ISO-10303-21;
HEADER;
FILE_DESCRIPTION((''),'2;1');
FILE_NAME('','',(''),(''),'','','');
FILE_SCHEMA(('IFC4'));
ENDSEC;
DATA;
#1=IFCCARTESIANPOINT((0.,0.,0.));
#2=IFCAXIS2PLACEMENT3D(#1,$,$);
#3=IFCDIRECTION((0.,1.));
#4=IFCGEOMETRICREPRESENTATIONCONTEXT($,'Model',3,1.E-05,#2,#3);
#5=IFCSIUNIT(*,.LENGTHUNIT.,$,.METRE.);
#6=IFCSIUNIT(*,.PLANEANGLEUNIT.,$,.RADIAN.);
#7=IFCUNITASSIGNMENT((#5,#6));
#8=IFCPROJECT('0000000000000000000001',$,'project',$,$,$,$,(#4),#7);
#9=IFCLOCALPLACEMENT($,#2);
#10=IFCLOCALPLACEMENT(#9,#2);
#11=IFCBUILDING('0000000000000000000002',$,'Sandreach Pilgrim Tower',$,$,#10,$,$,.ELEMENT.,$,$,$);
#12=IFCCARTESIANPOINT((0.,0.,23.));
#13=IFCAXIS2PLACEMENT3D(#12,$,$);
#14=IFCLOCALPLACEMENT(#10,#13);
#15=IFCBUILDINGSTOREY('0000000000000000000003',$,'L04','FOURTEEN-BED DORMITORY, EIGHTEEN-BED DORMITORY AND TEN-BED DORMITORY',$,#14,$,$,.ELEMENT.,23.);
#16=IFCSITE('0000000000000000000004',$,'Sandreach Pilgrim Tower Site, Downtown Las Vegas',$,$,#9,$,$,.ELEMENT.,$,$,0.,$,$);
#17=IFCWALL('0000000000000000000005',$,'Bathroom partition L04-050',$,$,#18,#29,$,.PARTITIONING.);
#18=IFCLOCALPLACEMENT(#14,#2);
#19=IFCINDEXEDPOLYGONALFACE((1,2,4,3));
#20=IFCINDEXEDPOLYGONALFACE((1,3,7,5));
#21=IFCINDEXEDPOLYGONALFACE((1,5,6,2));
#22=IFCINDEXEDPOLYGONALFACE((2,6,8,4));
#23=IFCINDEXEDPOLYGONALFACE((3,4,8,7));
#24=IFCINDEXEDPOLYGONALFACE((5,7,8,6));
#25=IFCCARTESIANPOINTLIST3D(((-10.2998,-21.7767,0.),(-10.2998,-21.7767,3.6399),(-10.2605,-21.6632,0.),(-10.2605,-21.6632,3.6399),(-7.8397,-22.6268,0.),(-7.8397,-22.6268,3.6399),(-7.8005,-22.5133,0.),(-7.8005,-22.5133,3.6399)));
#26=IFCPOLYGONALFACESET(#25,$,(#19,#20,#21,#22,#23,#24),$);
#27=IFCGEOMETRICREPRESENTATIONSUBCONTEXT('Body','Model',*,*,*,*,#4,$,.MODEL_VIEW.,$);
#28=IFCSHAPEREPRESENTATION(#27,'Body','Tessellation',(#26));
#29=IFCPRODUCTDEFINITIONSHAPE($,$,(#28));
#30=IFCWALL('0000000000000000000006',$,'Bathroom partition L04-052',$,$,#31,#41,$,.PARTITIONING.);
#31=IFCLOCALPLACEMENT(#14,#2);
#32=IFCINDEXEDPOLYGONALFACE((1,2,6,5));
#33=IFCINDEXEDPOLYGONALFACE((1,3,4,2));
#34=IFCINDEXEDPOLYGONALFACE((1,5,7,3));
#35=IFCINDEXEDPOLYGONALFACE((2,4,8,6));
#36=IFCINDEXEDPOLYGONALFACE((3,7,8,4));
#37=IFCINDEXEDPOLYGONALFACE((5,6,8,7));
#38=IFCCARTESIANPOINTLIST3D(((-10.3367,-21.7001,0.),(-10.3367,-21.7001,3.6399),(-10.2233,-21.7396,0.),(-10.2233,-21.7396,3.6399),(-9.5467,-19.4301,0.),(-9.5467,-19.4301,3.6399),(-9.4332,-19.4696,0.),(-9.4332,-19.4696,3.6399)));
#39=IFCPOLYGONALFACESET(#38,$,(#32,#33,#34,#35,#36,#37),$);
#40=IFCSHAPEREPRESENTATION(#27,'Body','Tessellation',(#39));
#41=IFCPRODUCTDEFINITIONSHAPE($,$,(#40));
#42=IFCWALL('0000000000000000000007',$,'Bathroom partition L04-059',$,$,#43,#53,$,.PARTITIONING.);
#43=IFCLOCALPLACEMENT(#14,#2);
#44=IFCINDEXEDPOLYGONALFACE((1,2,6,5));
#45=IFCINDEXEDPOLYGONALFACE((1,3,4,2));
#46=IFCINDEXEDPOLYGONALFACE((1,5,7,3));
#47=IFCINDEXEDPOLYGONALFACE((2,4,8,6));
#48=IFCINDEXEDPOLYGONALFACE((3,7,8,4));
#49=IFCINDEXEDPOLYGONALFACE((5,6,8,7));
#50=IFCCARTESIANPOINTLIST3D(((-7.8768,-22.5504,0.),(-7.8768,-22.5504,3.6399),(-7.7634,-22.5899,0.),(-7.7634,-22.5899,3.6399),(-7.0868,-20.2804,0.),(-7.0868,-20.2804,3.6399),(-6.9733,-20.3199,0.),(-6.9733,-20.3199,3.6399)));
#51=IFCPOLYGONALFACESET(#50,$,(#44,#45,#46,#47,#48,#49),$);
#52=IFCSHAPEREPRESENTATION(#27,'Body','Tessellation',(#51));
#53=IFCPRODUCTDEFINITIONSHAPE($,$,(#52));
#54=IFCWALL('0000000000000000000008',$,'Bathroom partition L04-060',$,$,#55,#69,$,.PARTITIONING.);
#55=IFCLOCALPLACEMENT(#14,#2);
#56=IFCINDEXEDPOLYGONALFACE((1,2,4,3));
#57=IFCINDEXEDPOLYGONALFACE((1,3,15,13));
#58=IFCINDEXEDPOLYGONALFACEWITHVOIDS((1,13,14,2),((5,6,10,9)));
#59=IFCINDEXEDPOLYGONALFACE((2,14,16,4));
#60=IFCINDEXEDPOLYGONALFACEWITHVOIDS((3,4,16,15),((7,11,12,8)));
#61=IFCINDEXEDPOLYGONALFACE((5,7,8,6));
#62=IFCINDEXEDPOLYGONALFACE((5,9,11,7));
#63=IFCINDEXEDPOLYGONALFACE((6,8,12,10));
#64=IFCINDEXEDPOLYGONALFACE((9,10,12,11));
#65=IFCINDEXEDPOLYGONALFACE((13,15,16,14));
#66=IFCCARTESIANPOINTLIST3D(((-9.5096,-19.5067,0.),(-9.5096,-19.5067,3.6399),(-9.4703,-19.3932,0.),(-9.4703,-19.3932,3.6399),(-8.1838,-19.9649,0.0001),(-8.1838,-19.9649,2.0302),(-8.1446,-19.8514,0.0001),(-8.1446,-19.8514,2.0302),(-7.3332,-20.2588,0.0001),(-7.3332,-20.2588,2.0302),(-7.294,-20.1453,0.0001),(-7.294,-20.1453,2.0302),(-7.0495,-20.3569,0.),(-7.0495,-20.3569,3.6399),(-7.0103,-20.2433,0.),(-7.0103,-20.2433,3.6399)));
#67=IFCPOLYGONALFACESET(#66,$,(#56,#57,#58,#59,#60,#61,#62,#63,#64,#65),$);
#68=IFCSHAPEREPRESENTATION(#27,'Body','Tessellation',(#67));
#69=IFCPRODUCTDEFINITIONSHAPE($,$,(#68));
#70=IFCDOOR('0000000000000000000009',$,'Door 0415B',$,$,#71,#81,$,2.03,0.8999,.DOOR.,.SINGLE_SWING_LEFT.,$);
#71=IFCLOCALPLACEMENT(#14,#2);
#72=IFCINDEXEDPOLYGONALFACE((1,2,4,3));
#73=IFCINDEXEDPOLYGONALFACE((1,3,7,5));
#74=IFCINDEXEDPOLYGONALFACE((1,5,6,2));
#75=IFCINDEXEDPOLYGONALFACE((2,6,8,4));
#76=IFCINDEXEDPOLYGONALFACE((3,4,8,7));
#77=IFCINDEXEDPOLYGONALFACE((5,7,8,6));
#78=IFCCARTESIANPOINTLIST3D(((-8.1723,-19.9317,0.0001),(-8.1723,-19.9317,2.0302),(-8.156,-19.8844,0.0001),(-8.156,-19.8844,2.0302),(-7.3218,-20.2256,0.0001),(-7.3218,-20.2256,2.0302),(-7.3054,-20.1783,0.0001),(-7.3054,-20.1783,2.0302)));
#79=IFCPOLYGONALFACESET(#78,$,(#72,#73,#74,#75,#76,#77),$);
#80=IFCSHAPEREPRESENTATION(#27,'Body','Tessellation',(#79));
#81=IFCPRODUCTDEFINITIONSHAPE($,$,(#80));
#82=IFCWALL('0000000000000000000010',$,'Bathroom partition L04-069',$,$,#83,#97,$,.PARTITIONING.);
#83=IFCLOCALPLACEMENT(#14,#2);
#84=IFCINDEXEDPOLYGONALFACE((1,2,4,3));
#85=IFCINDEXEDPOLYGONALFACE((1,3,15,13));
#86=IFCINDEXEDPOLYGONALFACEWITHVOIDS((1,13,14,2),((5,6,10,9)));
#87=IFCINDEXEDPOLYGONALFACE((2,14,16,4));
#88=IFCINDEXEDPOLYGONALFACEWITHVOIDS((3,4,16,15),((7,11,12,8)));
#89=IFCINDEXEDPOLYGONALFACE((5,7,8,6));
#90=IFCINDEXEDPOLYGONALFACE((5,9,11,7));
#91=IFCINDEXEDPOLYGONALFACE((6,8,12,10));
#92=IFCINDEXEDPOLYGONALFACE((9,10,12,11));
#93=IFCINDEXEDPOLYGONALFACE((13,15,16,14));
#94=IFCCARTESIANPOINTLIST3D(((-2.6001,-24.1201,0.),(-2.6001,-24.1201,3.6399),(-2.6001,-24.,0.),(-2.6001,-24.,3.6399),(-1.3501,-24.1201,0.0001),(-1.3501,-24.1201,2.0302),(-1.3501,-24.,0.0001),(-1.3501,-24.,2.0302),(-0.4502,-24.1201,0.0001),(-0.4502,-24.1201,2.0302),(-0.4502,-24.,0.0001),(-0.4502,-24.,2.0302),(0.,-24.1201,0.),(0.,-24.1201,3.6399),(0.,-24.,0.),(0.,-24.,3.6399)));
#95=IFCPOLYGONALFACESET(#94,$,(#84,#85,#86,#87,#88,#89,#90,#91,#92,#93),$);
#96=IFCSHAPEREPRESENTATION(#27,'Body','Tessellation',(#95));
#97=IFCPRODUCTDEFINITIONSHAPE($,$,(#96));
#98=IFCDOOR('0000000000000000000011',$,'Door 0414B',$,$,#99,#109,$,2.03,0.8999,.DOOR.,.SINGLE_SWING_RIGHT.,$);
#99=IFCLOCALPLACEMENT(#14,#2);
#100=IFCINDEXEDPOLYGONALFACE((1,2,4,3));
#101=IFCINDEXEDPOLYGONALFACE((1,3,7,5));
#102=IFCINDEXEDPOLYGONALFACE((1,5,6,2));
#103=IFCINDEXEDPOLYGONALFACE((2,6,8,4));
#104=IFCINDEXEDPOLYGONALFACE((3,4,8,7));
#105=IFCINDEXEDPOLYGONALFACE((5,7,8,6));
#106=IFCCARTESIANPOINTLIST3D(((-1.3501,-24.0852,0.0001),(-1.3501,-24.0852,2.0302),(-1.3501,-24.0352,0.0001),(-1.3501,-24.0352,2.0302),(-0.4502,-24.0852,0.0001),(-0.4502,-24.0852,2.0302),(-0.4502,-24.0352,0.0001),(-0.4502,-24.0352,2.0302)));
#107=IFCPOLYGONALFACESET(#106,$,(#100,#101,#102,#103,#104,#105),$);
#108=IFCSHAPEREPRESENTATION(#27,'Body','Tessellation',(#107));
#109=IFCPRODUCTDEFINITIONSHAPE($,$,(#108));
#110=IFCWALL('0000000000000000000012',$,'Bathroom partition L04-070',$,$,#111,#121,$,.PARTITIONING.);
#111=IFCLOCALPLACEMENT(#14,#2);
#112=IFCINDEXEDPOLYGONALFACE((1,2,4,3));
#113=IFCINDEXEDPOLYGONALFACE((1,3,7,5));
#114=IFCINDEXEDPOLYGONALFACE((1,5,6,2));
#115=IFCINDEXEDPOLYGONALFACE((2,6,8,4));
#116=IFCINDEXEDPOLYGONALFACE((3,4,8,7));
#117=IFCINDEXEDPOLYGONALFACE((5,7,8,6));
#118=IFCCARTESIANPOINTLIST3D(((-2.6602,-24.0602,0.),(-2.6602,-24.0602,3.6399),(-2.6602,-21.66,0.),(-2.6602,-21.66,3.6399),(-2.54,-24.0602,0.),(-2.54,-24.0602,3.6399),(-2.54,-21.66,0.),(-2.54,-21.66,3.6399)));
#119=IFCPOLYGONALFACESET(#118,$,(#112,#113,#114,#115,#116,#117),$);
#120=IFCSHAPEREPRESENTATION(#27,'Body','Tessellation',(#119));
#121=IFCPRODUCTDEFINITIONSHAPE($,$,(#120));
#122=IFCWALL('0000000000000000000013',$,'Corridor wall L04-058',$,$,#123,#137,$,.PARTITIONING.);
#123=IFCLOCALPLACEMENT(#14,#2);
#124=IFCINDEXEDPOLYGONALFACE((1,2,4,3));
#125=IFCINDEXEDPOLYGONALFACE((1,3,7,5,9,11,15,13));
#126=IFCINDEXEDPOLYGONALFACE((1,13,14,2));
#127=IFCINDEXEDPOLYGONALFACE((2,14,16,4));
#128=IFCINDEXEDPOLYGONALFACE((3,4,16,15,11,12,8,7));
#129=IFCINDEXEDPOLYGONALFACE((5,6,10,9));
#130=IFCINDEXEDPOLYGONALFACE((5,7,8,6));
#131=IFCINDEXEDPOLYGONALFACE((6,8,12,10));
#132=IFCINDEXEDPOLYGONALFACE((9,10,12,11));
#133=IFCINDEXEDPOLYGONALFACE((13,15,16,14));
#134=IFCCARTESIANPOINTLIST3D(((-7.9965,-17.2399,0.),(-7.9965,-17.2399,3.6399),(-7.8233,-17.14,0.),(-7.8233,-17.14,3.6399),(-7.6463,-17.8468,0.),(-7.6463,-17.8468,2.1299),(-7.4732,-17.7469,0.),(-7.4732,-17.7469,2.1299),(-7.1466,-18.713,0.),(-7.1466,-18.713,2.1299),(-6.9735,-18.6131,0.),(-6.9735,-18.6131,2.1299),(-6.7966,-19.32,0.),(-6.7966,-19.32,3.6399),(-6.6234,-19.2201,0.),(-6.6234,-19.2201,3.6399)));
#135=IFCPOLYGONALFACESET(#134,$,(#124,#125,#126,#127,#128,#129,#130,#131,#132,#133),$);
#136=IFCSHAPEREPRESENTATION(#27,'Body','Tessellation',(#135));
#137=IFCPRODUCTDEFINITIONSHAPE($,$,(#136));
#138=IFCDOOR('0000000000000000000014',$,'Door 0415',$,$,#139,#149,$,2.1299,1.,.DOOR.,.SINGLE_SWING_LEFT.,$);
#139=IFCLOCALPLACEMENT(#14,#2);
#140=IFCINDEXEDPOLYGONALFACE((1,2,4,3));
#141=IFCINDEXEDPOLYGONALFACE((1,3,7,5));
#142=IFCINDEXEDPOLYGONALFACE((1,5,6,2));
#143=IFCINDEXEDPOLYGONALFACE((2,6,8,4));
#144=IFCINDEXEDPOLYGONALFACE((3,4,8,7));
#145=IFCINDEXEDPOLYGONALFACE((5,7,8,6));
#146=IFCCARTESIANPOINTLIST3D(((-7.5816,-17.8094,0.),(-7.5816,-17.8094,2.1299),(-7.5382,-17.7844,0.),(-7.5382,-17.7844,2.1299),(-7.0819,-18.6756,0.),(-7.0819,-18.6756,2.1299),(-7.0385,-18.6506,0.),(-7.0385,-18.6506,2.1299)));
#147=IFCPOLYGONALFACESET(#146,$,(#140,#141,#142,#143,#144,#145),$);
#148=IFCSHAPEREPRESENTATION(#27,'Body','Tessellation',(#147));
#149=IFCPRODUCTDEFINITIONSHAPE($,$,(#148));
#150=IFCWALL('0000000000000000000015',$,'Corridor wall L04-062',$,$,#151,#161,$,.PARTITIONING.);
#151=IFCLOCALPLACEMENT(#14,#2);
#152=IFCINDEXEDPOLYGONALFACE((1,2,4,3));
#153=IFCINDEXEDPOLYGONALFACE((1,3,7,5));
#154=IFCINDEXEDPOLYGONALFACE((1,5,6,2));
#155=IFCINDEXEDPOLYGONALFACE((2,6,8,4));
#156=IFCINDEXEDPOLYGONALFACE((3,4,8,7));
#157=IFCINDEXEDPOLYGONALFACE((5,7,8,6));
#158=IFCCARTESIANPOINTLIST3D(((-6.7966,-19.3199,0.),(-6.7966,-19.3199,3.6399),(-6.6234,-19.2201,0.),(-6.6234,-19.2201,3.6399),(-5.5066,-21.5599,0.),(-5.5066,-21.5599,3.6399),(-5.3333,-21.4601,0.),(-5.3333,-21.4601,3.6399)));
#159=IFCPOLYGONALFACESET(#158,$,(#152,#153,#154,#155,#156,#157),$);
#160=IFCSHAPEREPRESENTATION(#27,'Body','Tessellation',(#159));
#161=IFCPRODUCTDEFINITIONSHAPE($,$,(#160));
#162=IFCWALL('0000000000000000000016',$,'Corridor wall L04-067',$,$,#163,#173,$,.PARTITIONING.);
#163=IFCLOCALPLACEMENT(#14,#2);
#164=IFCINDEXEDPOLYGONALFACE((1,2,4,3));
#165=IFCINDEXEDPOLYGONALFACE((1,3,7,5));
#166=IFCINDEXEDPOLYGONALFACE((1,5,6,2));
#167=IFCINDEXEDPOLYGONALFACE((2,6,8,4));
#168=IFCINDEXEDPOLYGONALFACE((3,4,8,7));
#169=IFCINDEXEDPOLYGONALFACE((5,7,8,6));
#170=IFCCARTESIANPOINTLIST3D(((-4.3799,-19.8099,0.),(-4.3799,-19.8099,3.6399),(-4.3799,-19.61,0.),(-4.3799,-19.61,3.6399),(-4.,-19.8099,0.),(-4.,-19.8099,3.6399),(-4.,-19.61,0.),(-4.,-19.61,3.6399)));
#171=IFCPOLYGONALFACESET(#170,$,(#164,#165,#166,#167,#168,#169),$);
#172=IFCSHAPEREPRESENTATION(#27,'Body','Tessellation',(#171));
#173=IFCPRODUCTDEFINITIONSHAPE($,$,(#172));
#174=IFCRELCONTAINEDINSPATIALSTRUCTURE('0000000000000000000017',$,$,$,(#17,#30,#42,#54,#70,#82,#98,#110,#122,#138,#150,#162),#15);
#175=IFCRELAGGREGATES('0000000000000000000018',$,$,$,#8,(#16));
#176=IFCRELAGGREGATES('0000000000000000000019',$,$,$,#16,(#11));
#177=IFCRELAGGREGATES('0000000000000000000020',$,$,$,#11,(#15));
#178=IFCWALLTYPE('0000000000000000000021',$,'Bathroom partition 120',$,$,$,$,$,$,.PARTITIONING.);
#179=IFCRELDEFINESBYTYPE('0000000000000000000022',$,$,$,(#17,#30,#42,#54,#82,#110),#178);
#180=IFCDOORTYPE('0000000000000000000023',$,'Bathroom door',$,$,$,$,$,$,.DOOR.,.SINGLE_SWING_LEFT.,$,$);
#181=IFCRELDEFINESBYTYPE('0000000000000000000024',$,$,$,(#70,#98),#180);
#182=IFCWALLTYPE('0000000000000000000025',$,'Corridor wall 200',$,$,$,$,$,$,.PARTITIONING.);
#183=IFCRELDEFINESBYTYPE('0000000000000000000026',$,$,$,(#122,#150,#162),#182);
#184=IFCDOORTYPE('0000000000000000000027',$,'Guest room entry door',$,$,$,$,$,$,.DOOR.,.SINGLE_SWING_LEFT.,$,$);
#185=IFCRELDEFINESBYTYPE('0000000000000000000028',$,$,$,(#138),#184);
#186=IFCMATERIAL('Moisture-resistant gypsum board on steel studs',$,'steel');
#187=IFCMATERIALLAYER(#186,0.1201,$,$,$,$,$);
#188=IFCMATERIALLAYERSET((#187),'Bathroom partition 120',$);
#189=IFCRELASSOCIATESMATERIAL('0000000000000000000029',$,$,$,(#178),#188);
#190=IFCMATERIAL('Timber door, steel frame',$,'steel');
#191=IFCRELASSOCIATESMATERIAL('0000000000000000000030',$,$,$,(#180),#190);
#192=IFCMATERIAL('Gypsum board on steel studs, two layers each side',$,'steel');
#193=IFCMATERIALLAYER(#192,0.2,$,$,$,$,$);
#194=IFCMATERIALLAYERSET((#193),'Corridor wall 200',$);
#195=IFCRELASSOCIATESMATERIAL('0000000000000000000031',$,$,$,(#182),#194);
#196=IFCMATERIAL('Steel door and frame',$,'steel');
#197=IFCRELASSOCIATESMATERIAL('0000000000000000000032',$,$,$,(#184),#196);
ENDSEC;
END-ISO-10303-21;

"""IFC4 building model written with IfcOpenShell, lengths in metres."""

from ifc_helpers import new_model, si_unit, direction, frame, frame_2d, origin, place, context, subcontext, project, spatial, rectangle, extrude, material, layer, layer_set, type_object, element, fill, save


model = new_model("IFC4")

# Units and contexts
model_context = context("Model", 3, precision=1e-05, world=origin(), true_north=direction((0.0, 1.0)))
body_context = subcontext(model_context, "Body", "Model", "MODEL_VIEW")
ifc_project = project(units=[si_unit("LENGTHUNIT", "METRE"), si_unit("PLANEANGLEUNIT", "RADIAN")], contexts=[model_context])

# Site, building, storey
site_placement = place(None, origin())
site = spatial("IfcSite", under=ifc_project, at=site_placement, Name="Sandreach Pilgrim Tower Site, Downtown Las Vegas", CompositionType="ELEMENT", RefElevation=0.0)
building_placement = place(site_placement, origin())
building = spatial("IfcBuilding", under=site, at=building_placement, Name="Sandreach Pilgrim Tower", CompositionType="ELEMENT")
storey_placement = place(building_placement, frame((0.0, 0.0, 23.0)))
storey = spatial("IfcBuildingStorey", under=building, at=storey_placement, Name="L04", Description="FOURTEEN-BED DORMITORY, EIGHTEEN-BED DORMITORY AND TEN-BED DORMITORY", CompositionType="ELEMENT", Elevation=23.0)

# Walls
ifc_material_1 = material(Name="Moisture-resistant gypsum board on steel studs", Category="steel")
ifc_layer_1 = layer(ifc_material_1, 0.1201)
ifc_layer_set_1 = layer_set([ifc_layer_1], Name="Bathroom partition 120")
wall_type_1 = type_object("IfcWallType", Name="Bathroom partition 120", PredefinedType="PARTITIONING", material=ifc_layer_set_1)
wall_1_placement = place(storey_placement, frame((-10.28, -21.72, 0.0), z_axis=(0.0, 0.0, 1.0), x_axis=(0.945155, -0.326621, 0.0)))
element("IfcWall", 1, at=wall_1_placement, inside=storey, type_object=wall_type_1, Name="Bathroom partition L04-050", PredefinedType="PARTITIONING", context=body_context, shape_type="SweptSolid", body=[
    extrude(rectangle(XDim=2.6028, YDim=0.1201, at=frame_2d((1.3013, 0.0))), origin(), (0.0, 0.0, 1.0), 3.6399),
])
for number, where, z_axis, x_axis, name in (
    (2, (-9.49, -19.45, 0.0), (0.0, 0.0, 1.0), (-0.328694, -0.944436, 0.0), "Bathroom partition L04-052"),
    (3, (-7.8201, -22.5701, 0.0), (0.0, 0.0, 1.0), (0.328694, 0.944436, 0.0), "Bathroom partition L04-059"),
):
    element("IfcWall", number, at=place(storey_placement, frame(where, z_axis=z_axis, x_axis=x_axis)), inside=storey, type_object=wall_type_1, Name=name, PredefinedType="PARTITIONING", context=body_context, shape_type="SweptSolid", body=[
        extrude(rectangle(XDim=2.4036, YDim=0.1201, at=frame_2d((1.2017, 0.0))), origin(), (0.0, 0.0, 1.0), 3.6399),
    ])

# Walls, openings, doors
wall_2_placement = place(storey_placement, frame((-7.03, -20.3, 0.0), z_axis=(0.0, 0.0, 1.0), x_axis=(-0.945155, 0.326621, 0.0)))
wall_2 = element("IfcWall", 4, at=wall_2_placement, inside=storey, type_object=wall_type_1, Name="Bathroom partition L04-060", PredefinedType="PARTITIONING", context=body_context, shape_type="SweptSolid", body=[
    extrude(rectangle(XDim=2.6028, YDim=0.1201, at=frame_2d((1.3013, 0.0))), origin(), (0.0, 0.0, 1.0), 3.6399),
])
opening_1_placement = place(wall_2_placement, frame((0.3, 0.0, 0.0)))
opening_1 = element("IfcOpeningElement", 5, at=opening_1_placement, cuts=wall_2, PredefinedType="OPENING", context=body_context, shape_type="SweptSolid", body=[
    extrude(rectangle(XDim=0.8999, YDim=2.03, at=frame_2d((0.45, 1.0151))), frame((0.0, 0.0601, 0.0), z_axis=(0.0, -1.0, 0.0), x_axis=(1.0, 0.0, 0.0)), (0.0, 0.0, 1.0), 0.1201),
])
ifc_material_2 = material(Name="Timber door, steel frame", Category="steel")
door_type_1 = type_object("IfcDoorType", Name="Bathroom door", OperationType="SINGLE_SWING_LEFT", PredefinedType="DOOR", material=ifc_material_2)
door_1_placement = place(opening_1_placement, origin())
door_1 = element("IfcDoor", 6, at=door_1_placement, inside=storey, type_object=door_type_1, Name="Door 0415B", OperationType="SINGLE_SWING_LEFT", OverallHeight=2.03, OverallWidth=0.8999, PredefinedType="DOOR", context=body_context, shape_type="SweptSolid", body=[
    extrude(rectangle(XDim=0.8999, YDim=2.03, at=frame_2d((0.45, 1.0151))), frame((0.0, 0.0249, 0.0), z_axis=(0.0, -1.0, 0.0), x_axis=(1.0, 0.0, 0.0)), (0.0, 0.0, 1.0), 0.05),
])
fill(opening_1, door_1)
wall_3_placement = place(storey_placement, frame((-2.6001, -24.0601, 0.0), z_axis=(0.0, 0.0, 1.0), x_axis=(1.0, 0.0, 0.0)))
wall_3 = element("IfcWall", 7, at=wall_3_placement, inside=storey, type_object=wall_type_1, Name="Bathroom partition L04-069", PredefinedType="PARTITIONING", context=body_context, shape_type="SweptSolid", body=[
    extrude(rectangle(XDim=2.6001, YDim=0.1201, at=frame_2d((1.3, 0.0))), origin(), (0.0, 0.0, 1.0), 3.6399),
])
opening_2_placement = place(wall_3_placement, frame((1.25, 0.0, 0.0)))
opening_2 = element("IfcOpeningElement", 8, at=opening_2_placement, cuts=wall_3, PredefinedType="OPENING", context=body_context, shape_type="SweptSolid", body=[
    extrude(rectangle(XDim=0.8999, YDim=2.03, at=frame_2d((0.45, 1.0151))), frame((0.0, 0.0601, 0.0), z_axis=(0.0, -1.0, 0.0), x_axis=(1.0, 0.0, 0.0)), (0.0, 0.0, 1.0), 0.1201),
])
door_2_placement = place(opening_2_placement, origin())
door_2 = element("IfcDoor", 9, at=door_2_placement, inside=storey, type_object=door_type_1, Name="Door 0414B", OperationType="SINGLE_SWING_RIGHT", OverallHeight=2.03, OverallWidth=0.8999, PredefinedType="DOOR", context=body_context, shape_type="SweptSolid", body=[
    extrude(rectangle(XDim=0.8999, YDim=2.03, at=frame_2d((0.45, 1.0151))), frame((0.0, 0.0249, 0.0), z_axis=(0.0, -1.0, 0.0), x_axis=(1.0, 0.0, 0.0)), (0.0, 0.0, 1.0), 0.05),
])
fill(opening_2, door_2)

# Wall
wall_4_placement = place(storey_placement, frame((-2.6001, -21.6599, 0.0), z_axis=(0.0, 0.0, 1.0), x_axis=(0.0, -1.0, 0.0)))
element("IfcWall", 10, at=wall_4_placement, inside=storey, type_object=wall_type_1, Name="Bathroom partition L04-070", PredefinedType="PARTITIONING", context=body_context, shape_type="SweptSolid", body=[
    extrude(rectangle(XDim=2.4001, YDim=0.1201, at=frame_2d((1.2002, 0.0))), origin(), (0.0, 0.0, 1.0), 3.6399),
])

# Wall, opening, door
ifc_material_3 = material(Name="Gypsum board on steel studs, two layers each side", Category="steel")
ifc_layer_2 = layer(ifc_material_3, 0.2)
ifc_layer_set_2 = layer_set([ifc_layer_2], Name="Corridor wall 200")
wall_type_2 = type_object("IfcWallType", Name="Corridor wall 200", PredefinedType="PARTITIONING", material=ifc_layer_set_2)
wall_5_placement = place(storey_placement, frame((-7.9099, -17.1899, 0.0), z_axis=(0.0, 0.0, 1.0), x_axis=(0.499693, -0.866203, 0.0)))
wall_5 = element("IfcWall", 11, at=wall_5_placement, inside=storey, type_object=wall_type_2, Name="Corridor wall L04-058", PredefinedType="PARTITIONING", context=body_context, shape_type="SweptSolid", body=[
    extrude(rectangle(XDim=2.4014, YDim=0.2, at=frame_2d((1.2007, 0.0))), origin(), (0.0, 0.0, 1.0), 3.6399),
])
opening_3_placement = place(wall_5_placement, frame((0.7007, 0.0, 0.0)))
opening_3 = element("IfcOpeningElement", 12, at=opening_3_placement, cuts=wall_5, PredefinedType="OPENING", context=body_context, shape_type="SweptSolid", body=[
    extrude(rectangle(XDim=1.0, YDim=2.1299, at=frame_2d((0.5, 1.0649))), frame((0.0, 0.1001, 0.0), z_axis=(0.0, -1.0, 0.0), x_axis=(1.0, 0.0, 0.0)), (0.0, 0.0, 1.0), 0.2),
])
ifc_material_4 = material(Name="Steel door and frame", Category="steel")
door_type_2 = type_object("IfcDoorType", Name="Guest room entry door", OperationType="SINGLE_SWING_LEFT", PredefinedType="DOOR", material=ifc_material_4)
door_3_placement = place(opening_3_placement, origin())
door_3 = element("IfcDoor", 13, at=door_3_placement, inside=storey, type_object=door_type_2, Name="Door 0415", OperationType="SINGLE_SWING_LEFT", OverallHeight=2.1299, OverallWidth=1.0, PredefinedType="DOOR", context=body_context, shape_type="SweptSolid", body=[
    extrude(rectangle(XDim=1.0, YDim=2.1299, at=frame_2d((0.5, 1.0649))), frame((0.0, 0.0249, 0.0), z_axis=(0.0, -1.0, 0.0), x_axis=(1.0, 0.0, 0.0)), (0.0, 0.0, 1.0), 0.05),
])
fill(opening_3, door_3)

# Wall
wall_6_placement = place(storey_placement, frame((-5.4199, -21.51, 0.0), z_axis=(0.0, 0.0, 1.0), x_axis=(-0.499065, 0.866564, 0.0)))
element("IfcWall", 14, at=wall_6_placement, inside=storey, type_object=wall_type_2, Name="Corridor wall L04-062", PredefinedType="PARTITIONING", context=body_context, shape_type="SweptSolid", body=[
    extrude(rectangle(XDim=2.585, YDim=0.2, at=frame_2d((1.2925, 0.0))), origin(), (0.0, 0.0, 1.0), 3.6399),
])

# Wall
wall_7_placement = place(storey_placement, frame((-4.0, -19.71, 0.0), z_axis=(0.0, 0.0, 1.0), x_axis=(-1.0, 0.0, 0.0)))
element("IfcWall", 15, at=wall_7_placement, inside=storey, type_object=wall_type_2, Name="Corridor wall L04-067", PredefinedType="PARTITIONING", context=body_context, shape_type="SweptSolid", body=[
    extrude(rectangle(XDim=0.3799, YDim=0.2, at=frame_2d((0.1899, 0.0))), origin(), (0.0, 0.0, 1.0), 3.6399),
])

save(model, "model.ifc")
